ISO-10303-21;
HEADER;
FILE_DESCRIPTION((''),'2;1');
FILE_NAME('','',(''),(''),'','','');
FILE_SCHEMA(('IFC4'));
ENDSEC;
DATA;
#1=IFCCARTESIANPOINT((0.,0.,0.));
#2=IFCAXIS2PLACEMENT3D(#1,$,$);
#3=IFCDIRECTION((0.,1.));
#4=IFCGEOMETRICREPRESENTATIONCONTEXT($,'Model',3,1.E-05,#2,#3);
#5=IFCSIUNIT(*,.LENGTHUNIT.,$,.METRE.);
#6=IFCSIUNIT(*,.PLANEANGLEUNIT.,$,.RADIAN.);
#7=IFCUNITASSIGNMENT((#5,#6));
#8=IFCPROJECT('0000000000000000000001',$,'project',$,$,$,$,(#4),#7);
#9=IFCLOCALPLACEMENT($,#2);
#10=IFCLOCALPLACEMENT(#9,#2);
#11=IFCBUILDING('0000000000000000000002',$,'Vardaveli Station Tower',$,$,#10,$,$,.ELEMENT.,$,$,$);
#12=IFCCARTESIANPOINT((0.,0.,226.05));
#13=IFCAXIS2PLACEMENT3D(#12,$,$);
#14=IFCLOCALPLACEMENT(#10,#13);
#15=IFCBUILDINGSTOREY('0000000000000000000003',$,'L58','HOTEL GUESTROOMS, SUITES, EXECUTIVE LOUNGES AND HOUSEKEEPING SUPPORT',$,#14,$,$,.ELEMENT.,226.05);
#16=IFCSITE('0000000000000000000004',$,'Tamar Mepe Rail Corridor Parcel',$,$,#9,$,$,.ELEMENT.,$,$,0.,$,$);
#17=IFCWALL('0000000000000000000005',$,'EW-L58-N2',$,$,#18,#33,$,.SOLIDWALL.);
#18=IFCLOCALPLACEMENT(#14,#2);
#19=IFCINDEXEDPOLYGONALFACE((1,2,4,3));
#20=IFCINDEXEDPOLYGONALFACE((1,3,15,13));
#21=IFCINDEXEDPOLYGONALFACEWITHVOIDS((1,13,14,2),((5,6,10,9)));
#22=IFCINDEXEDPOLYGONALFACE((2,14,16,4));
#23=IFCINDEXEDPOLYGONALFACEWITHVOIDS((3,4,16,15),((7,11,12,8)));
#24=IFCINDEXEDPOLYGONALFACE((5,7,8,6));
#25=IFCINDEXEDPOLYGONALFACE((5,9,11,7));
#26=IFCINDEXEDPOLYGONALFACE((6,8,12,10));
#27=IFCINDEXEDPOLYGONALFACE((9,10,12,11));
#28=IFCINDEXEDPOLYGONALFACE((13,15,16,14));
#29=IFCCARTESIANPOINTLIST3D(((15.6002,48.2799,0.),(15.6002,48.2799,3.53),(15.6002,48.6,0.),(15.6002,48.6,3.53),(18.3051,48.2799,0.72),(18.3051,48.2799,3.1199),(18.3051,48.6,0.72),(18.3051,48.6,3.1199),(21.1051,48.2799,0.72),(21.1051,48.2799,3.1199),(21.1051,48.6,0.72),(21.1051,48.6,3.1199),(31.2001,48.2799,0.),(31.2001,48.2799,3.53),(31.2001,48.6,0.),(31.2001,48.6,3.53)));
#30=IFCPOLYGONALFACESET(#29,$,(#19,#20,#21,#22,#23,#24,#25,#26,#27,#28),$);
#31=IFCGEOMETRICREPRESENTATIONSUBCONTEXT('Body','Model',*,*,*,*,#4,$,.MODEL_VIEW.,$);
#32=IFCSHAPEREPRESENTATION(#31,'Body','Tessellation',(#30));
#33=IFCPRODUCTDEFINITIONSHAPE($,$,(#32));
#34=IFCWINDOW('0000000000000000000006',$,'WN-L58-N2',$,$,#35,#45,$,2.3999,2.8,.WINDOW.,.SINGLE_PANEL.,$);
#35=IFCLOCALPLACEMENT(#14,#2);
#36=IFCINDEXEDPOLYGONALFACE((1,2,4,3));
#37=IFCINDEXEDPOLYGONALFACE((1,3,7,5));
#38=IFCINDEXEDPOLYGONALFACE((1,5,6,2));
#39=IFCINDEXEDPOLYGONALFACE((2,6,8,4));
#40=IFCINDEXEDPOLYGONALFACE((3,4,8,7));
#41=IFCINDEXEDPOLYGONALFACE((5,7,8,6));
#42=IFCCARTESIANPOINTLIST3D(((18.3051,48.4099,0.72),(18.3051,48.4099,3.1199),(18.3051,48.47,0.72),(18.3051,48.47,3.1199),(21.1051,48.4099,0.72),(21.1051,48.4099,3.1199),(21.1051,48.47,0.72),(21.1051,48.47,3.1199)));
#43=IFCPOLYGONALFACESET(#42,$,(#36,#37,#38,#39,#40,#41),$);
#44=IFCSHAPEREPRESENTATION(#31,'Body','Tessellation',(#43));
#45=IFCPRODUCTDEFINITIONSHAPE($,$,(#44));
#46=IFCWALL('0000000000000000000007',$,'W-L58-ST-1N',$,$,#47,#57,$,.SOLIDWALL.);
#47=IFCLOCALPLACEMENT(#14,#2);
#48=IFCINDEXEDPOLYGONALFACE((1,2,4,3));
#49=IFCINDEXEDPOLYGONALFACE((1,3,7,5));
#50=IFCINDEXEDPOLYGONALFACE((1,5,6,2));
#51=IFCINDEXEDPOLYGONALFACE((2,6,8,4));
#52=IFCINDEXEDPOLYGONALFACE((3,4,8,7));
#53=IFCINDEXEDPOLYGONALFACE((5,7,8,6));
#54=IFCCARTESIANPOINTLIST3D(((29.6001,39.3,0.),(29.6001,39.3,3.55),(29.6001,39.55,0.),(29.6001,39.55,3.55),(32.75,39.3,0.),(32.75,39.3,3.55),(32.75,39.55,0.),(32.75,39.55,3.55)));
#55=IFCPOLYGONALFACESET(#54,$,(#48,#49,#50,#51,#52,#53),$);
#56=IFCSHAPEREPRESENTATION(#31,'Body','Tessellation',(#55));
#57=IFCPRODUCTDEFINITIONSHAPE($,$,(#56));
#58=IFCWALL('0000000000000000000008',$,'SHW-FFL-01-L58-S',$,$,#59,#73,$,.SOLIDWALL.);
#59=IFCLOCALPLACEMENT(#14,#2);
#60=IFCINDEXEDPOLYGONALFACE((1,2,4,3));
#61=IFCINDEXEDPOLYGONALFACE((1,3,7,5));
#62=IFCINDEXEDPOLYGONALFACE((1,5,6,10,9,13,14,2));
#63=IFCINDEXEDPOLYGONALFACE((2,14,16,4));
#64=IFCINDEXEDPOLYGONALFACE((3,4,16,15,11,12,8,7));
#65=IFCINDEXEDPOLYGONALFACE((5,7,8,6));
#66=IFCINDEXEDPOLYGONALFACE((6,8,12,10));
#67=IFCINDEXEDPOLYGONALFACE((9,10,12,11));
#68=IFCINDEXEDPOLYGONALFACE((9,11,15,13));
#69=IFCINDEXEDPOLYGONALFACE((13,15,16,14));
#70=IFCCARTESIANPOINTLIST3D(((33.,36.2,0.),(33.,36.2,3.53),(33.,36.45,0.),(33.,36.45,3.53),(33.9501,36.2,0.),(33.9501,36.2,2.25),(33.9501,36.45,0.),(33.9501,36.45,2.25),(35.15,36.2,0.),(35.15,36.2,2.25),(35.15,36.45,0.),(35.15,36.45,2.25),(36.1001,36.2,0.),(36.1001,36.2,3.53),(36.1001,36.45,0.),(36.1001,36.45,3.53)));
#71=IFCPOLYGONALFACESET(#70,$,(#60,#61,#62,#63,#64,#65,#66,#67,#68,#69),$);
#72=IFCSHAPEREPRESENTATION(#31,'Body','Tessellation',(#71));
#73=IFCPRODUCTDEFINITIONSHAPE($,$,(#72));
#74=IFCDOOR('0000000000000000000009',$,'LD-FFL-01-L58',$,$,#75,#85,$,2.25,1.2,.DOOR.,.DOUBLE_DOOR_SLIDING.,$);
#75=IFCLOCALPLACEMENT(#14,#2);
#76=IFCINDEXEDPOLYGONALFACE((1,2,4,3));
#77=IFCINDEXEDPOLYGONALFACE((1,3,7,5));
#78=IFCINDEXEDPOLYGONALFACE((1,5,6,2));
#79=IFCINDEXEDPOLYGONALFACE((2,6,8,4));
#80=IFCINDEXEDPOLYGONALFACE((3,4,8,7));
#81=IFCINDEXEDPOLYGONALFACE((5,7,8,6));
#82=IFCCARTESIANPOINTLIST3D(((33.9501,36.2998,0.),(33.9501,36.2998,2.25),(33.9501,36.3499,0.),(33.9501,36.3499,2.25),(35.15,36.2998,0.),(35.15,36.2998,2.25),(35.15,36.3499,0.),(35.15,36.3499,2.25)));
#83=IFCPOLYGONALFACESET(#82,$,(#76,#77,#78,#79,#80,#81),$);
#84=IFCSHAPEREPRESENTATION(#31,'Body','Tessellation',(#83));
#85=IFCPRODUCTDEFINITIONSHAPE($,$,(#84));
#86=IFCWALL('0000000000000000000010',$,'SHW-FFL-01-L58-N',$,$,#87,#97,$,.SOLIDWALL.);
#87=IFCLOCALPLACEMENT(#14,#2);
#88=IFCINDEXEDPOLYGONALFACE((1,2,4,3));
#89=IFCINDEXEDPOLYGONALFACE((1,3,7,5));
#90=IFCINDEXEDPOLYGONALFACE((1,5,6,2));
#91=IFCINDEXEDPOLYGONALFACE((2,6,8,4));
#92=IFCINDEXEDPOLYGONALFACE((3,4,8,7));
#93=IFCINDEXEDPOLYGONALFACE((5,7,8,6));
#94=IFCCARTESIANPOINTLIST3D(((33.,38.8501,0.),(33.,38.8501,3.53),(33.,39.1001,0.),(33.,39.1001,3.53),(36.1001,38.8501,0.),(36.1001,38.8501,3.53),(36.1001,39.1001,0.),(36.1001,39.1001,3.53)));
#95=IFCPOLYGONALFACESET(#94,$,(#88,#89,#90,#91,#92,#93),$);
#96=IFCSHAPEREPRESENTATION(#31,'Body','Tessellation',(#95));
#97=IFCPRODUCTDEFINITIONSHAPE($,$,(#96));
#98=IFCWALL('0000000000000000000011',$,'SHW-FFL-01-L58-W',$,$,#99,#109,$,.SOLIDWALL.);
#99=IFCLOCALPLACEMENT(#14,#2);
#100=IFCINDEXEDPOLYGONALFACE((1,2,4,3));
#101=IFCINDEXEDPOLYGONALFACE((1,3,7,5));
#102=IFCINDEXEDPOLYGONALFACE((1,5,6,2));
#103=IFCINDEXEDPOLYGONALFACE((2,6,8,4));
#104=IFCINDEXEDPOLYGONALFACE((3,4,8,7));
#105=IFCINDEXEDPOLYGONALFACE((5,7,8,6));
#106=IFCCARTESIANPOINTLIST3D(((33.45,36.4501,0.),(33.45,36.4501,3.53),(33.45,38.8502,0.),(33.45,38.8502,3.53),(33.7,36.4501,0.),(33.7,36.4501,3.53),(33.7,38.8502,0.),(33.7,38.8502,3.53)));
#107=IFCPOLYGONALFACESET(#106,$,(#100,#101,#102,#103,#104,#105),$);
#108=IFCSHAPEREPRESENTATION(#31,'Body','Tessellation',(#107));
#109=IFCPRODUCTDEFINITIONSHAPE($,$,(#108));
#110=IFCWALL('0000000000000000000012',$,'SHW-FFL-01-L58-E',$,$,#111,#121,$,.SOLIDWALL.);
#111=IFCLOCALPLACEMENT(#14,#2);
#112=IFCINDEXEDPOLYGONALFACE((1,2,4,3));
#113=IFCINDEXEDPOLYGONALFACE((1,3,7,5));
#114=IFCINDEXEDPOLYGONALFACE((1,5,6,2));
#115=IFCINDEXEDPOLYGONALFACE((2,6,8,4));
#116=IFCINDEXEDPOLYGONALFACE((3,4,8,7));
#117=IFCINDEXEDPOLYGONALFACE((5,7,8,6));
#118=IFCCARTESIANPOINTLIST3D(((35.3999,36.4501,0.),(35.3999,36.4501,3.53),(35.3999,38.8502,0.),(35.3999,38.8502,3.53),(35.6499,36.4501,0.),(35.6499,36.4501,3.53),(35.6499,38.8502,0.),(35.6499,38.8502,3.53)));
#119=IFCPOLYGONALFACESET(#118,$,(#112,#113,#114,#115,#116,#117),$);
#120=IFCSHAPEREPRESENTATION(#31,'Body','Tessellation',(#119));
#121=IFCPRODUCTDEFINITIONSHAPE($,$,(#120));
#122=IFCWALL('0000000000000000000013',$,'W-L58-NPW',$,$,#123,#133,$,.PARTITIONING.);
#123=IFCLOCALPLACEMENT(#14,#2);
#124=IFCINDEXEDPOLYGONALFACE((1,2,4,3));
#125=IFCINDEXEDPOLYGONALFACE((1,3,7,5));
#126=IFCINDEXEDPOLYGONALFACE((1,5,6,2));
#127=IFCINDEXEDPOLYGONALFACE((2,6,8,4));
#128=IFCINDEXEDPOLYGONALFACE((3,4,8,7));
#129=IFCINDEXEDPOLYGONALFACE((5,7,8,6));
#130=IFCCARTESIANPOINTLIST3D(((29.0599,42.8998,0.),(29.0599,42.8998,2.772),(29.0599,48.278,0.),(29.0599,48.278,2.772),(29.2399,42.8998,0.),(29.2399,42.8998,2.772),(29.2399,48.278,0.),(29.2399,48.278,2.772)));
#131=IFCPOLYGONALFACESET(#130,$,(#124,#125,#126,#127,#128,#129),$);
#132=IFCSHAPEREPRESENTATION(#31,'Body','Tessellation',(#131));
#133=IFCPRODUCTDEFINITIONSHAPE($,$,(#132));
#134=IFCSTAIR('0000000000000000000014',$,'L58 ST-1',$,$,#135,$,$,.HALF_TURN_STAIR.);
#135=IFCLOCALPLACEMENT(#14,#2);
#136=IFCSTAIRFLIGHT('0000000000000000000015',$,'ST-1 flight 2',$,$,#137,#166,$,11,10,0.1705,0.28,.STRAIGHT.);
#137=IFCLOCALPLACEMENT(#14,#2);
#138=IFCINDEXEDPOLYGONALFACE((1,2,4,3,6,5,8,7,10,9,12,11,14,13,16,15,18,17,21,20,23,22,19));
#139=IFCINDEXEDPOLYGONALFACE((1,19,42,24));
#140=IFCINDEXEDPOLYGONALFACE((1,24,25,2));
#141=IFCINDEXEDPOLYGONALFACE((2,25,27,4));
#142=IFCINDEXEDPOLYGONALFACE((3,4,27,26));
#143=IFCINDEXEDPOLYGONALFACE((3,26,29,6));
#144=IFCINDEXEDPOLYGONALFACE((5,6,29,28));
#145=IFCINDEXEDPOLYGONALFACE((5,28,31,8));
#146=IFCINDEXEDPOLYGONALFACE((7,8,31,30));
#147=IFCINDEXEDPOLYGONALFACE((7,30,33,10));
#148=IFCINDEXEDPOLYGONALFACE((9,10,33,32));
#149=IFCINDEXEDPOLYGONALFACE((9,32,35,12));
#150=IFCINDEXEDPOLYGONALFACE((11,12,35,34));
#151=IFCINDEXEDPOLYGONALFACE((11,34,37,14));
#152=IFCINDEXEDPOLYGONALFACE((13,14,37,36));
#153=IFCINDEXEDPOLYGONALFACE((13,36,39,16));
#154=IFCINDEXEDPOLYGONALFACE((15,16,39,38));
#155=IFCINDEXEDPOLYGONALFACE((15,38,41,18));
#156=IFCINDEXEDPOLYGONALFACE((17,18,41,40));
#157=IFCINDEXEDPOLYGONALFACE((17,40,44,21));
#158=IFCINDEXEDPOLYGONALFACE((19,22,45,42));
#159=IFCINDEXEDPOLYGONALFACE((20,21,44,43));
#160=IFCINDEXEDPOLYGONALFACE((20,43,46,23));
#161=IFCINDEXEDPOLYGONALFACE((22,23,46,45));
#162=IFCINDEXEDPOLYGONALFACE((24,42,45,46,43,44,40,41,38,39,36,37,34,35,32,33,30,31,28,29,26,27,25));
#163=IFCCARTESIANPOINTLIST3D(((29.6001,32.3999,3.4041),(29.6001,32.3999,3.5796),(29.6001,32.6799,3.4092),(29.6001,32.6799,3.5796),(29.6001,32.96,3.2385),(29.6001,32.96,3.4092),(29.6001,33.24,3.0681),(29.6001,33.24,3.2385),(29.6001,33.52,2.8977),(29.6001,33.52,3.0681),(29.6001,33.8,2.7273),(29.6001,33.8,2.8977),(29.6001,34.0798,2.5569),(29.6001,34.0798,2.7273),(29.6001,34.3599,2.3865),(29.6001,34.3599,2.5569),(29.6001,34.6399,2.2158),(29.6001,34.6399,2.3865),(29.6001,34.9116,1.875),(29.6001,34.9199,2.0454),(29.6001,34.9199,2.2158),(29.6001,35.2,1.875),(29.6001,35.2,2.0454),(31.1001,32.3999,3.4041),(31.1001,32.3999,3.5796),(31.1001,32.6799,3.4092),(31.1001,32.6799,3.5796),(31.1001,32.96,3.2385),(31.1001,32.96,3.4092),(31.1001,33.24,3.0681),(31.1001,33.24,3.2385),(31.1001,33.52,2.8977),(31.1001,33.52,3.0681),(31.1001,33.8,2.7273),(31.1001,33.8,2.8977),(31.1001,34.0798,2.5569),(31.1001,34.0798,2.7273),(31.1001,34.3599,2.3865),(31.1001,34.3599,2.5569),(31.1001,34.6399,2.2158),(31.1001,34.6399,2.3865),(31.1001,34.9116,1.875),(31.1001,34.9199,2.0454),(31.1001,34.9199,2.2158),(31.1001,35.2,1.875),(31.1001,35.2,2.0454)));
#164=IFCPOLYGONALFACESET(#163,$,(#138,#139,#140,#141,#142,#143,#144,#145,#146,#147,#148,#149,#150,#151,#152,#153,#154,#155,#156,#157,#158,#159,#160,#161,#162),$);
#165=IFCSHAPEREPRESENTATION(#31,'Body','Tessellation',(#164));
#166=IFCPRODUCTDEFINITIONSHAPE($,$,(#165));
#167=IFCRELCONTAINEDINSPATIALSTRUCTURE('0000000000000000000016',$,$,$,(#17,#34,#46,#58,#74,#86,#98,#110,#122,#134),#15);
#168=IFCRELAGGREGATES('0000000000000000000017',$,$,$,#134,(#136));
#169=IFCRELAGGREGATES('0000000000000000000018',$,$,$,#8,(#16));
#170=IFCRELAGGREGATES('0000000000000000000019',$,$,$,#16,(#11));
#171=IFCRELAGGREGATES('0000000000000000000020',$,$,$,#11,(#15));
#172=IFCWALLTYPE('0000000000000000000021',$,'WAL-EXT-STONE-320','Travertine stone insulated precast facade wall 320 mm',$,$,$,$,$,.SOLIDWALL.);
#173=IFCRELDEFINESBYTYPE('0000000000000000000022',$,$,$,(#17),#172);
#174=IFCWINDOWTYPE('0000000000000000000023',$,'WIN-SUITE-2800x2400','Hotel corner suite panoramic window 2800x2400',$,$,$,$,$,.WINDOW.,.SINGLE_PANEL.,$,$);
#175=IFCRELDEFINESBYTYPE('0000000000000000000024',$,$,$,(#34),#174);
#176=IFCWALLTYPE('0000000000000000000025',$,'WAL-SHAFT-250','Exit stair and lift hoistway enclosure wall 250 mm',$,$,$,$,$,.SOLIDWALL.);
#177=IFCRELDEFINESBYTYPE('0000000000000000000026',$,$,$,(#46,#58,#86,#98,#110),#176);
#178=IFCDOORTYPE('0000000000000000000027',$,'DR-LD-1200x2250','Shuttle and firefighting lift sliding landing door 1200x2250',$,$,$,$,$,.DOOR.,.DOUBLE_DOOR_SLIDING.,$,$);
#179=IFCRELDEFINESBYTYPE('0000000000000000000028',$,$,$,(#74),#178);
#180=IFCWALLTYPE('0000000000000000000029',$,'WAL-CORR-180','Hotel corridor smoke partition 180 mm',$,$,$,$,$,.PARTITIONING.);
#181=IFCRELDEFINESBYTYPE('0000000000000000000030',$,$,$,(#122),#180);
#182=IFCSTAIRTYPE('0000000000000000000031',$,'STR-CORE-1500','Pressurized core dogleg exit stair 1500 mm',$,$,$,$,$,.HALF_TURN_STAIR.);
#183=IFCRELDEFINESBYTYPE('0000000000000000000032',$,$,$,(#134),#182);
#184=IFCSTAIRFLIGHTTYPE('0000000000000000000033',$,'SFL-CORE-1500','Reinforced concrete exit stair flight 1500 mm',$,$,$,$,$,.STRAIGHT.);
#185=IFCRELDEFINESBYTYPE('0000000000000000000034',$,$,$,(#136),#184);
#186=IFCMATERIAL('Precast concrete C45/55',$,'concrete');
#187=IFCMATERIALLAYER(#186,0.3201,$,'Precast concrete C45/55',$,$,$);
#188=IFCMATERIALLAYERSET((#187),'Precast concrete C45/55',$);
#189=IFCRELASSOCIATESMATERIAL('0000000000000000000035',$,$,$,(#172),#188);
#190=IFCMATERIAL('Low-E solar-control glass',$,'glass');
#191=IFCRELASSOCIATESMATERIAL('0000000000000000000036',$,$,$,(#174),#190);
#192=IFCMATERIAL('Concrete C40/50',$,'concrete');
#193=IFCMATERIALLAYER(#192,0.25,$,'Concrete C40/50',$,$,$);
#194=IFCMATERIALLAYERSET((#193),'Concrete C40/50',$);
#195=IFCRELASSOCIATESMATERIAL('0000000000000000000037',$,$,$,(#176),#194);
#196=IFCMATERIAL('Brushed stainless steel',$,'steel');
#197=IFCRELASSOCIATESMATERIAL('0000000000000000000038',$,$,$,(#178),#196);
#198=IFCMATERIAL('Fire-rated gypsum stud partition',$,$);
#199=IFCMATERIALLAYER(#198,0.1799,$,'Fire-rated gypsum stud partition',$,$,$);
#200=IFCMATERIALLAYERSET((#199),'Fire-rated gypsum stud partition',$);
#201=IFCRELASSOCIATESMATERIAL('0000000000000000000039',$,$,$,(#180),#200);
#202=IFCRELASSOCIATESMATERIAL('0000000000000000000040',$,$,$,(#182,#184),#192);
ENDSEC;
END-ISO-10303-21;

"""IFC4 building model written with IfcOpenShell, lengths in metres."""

from ifc_helpers import new_model, si_unit, direction, frame, frame_2d, origin, place, context, subcontext, project, spatial, polyline, rectangle, outline, extrude, source, transform, mapped, material, layer, layer_set, type_object, element, fill, aggregate, save


model = new_model("IFC4")

# Units and contexts
model_context = context("Model", 3, precision=1e-05, world=origin(), true_north=direction((0.0, 1.0)))
body_context = subcontext(model_context, "Body", "Model", "MODEL_VIEW")
ifc_project = project(units=[si_unit("LENGTHUNIT", "METRE"), si_unit("PLANEANGLEUNIT", "RADIAN")], contexts=[model_context])

# Site, building, storey
site_placement = place(None, origin())
site = spatial("IfcSite", under=ifc_project, at=site_placement, Name="Tamar Mepe Rail Corridor Parcel", CompositionType="ELEMENT", RefElevation=0.0)
building_placement = place(site_placement, origin())
building = spatial("IfcBuilding", under=site, at=building_placement, Name="Vardaveli Station Tower", CompositionType="ELEMENT")
storey_placement = place(building_placement, frame((0.0, 0.0, 226.05)))
storey = spatial("IfcBuildingStorey", under=building, at=storey_placement, Name="L58", Description="HOTEL GUESTROOMS, SUITES, EXECUTIVE LOUNGES AND HOUSEKEEPING SUPPORT", CompositionType="ELEMENT", Elevation=226.05)

# Shared definitions
ifc_material_1 = material(Name="Precast concrete C45/55", Category="concrete")

# Wall, opening, window
ifc_layer_1 = layer(ifc_material_1, 0.3201, Name="Precast concrete C45/55")
ifc_layer_set_1 = layer_set([ifc_layer_1], Name="Precast concrete C45/55")
wall_type_1 = type_object("IfcWallType", Name="WAL-EXT-STONE-320", Description="Travertine stone insulated precast facade wall 320 mm", PredefinedType="SOLIDWALL", material=ifc_layer_set_1)
shared_shape_1 = source(origin(), body_context, "Body", "SweptSolid", [
    extrude(rectangle(XDim=15.5999, YDim=0.3201, at=frame_2d((7.7998, 0.0))), origin(), (0.0, 0.0, 1.0), 3.53),
])
wall_1_placement = place(storey_placement, frame((31.2, 48.4399, 0.0), z_axis=(0.0, 0.0, 1.0), x_axis=(-1.0, 0.0, 0.0)))
wall_1 = element("IfcWall", 1, at=wall_1_placement, inside=storey, type_object=wall_type_1, Name="EW-L58-N2", PredefinedType="SOLIDWALL", context=body_context, shape_type="MappedRepresentation", body=[
    mapped(shared_shape_1, transform((0.0, 0.0, 0.0), scale=1.0)),
])
shared_shape_2 = source(origin(), body_context, "Body", "SweptSolid", [
    extrude(rectangle(XDim=2.8, YDim=2.3999, at=frame_2d((1.3999, 1.2))), frame((0.0, 0.1699, 0.0), z_axis=(0.0, -1.0, 0.0), x_axis=(1.0, 0.0, 0.0)), (0.0, 0.0, 1.0), 0.3401),
])
opening_1_placement = place(wall_1_placement, frame((10.095, 0.0, 0.72)))
opening_1 = element("IfcOpeningElement", 2, at=opening_1_placement, cuts=wall_1, PredefinedType="OPENING", context=body_context, shape_type="MappedRepresentation", body=[
    mapped(shared_shape_2, transform((0.0, 0.0, 0.0), scale=1.0)),
])
ifc_material_2 = material(Name="Low-E solar-control glass", Category="glass")
window_type = type_object("IfcWindowType", Name="WIN-SUITE-2800x2400", Description="Hotel corner suite panoramic window 2800x2400", PartitioningType="SINGLE_PANEL", PredefinedType="WINDOW", material=ifc_material_2)
shared_shape_3 = source(origin(), body_context, "Body", "SweptSolid", [
    extrude(rectangle(XDim=2.8, YDim=2.3999, at=frame_2d((1.3999, 1.2))), frame((0.0, 0.03, 0.0), z_axis=(0.0, -1.0, 0.0), x_axis=(1.0, 0.0, 0.0)), (0.0, 0.0, 1.0), 0.0601),
])
window_placement = place(opening_1_placement, origin())
window = element("IfcWindow", 3, at=window_placement, inside=storey, type_object=window_type, Name="WN-L58-N2", OverallHeight=2.3999, OverallWidth=2.8, PartitioningType="SINGLE_PANEL", PredefinedType="WINDOW", context=body_context, shape_type="MappedRepresentation", body=[
    mapped(shared_shape_3, transform((0.0, 0.0, 0.0), scale=1.0)),
])
fill(opening_1, window)

# Wall
ifc_material_3 = material(Name="Concrete C40/50", Category="concrete")
ifc_layer_2 = layer(ifc_material_3, 0.25, Name="Concrete C40/50")
ifc_layer_set_2 = layer_set([ifc_layer_2], Name="Concrete C40/50")
wall_type_2 = type_object("IfcWallType", Name="WAL-SHAFT-250", Description="Exit stair and lift hoistway enclosure wall 250 mm", PredefinedType="SOLIDWALL", material=ifc_layer_set_2)
shared_shape_4 = source(origin(), body_context, "Body", "SweptSolid", [
    extrude(rectangle(XDim=3.1499, YDim=0.25, at=frame_2d((1.575, 0.0))), origin(), (0.0, 0.0, 1.0), 3.55),
])
wall_2_placement = place(storey_placement, frame((29.6001, 39.425, 0.0), z_axis=(0.0, 0.0, 1.0), x_axis=(1.0, 0.0, 0.0)))
element("IfcWall", 4, at=wall_2_placement, inside=storey, type_object=wall_type_2, Name="W-L58-ST-1N", PredefinedType="SOLIDWALL", context=body_context, shape_type="MappedRepresentation", body=[
    mapped(shared_shape_4, transform((0.0, 0.0, 0.0), scale=1.0)),
])

# Wall, opening, door
shared_shape_5 = source(origin(), body_context, "Body", "SweptSolid", [
    extrude(rectangle(XDim=3.1001, YDim=0.25, at=frame_2d((1.55, 0.0))), origin(), (0.0, 0.0, 1.0), 3.53),
])
wall_3_placement = place(storey_placement, frame((33.0, 36.325, 0.0), z_axis=(0.0, 0.0, 1.0), x_axis=(1.0, 0.0, 0.0)))
wall_3 = element("IfcWall", 5, at=wall_3_placement, inside=storey, type_object=wall_type_2, Name="SHW-FFL-01-L58-S", PredefinedType="SOLIDWALL", context=body_context, shape_type="MappedRepresentation", body=[
    mapped(shared_shape_5, transform((0.0, 0.0, 0.0), scale=1.0)),
])
shared_shape_6 = source(origin(), body_context, "Body", "SweptSolid", [
    extrude(rectangle(XDim=1.2, YDim=2.25, at=frame_2d((0.6001, 1.125))), frame((0.0, 0.135, 0.0), z_axis=(0.0, -1.0, 0.0), x_axis=(1.0, 0.0, 0.0)), (0.0, 0.0, 1.0), 0.27),
])
opening_2_placement = place(wall_3_placement, frame((0.95, 0.0, 0.0)))
opening_2 = element("IfcOpeningElement", 6, at=opening_2_placement, cuts=wall_3, PredefinedType="OPENING", context=body_context, shape_type="MappedRepresentation", body=[
    mapped(shared_shape_6, transform((0.0, 0.0, 0.0), scale=1.0)),
])
ifc_material_4 = material(Name="Brushed stainless steel", Category="steel")
door_type = type_object("IfcDoorType", Name="DR-LD-1200x2250", Description="Shuttle and firefighting lift sliding landing door 1200x2250", OperationType="DOUBLE_DOOR_SLIDING", PredefinedType="DOOR", material=ifc_material_4)
shared_shape_7 = source(origin(), body_context, "Body", "SweptSolid", [
    extrude(rectangle(XDim=1.2, YDim=2.25, at=frame_2d((0.6001, 1.125))), frame((0.0, 0.0249, 0.0), z_axis=(0.0, -1.0, 0.0), x_axis=(1.0, 0.0, 0.0)), (0.0, 0.0, 1.0), 0.05),
])
door_placement = place(opening_2_placement, origin())
door = element("IfcDoor", 7, at=door_placement, inside=storey, type_object=door_type, Name="LD-FFL-01-L58", OperationType="DOUBLE_DOOR_SLIDING", OverallHeight=2.25, OverallWidth=1.2, PredefinedType="DOOR", context=body_context, shape_type="MappedRepresentation", body=[
    mapped(shared_shape_7, transform((0.0, 0.0, 0.0), scale=1.0)),
])
fill(opening_2, door)

# Walls
wall_4_placement = place(storey_placement, frame((33.0, 38.9751, 0.0), z_axis=(0.0, 0.0, 1.0), x_axis=(1.0, 0.0, 0.0)))
element("IfcWall", 8, at=wall_4_placement, inside=storey, type_object=wall_type_2, Name="SHW-FFL-01-L58-N", PredefinedType="SOLIDWALL", context=body_context, shape_type="MappedRepresentation", body=[
    mapped(shared_shape_5, transform((0.0, 0.0, 0.0), scale=1.0)),
])
shared_shape_8 = source(origin(), body_context, "Body", "SweptSolid", [
    extrude(rectangle(XDim=2.4001, YDim=0.25, at=frame_2d((1.2002, 0.0))), origin(), (0.0, 0.0, 1.0), 3.53),
])
for number, where, z_axis, x_axis, name in (
    (9, (33.575, 36.45, 0.0), (0.0, 0.0, 1.0), (0.0, 1.0, 0.0), "SHW-FFL-01-L58-W"),
    (10, (35.5249, 36.45, 0.0), (0.0, 0.0, 1.0), (0.0, 1.0, 0.0), "SHW-FFL-01-L58-E"),
):
    element("IfcWall", number, at=place(storey_placement, frame(where, z_axis=z_axis, x_axis=x_axis)), inside=storey, type_object=wall_type_2, Name=name, PredefinedType="SOLIDWALL", context=body_context, shape_type="MappedRepresentation", body=[
        mapped(shared_shape_8, transform((0.0, 0.0, 0.0), scale=1.0)),
    ])
ifc_material_5 = material(Name="Fire-rated gypsum stud partition")
ifc_layer_3 = layer(ifc_material_5, 0.1799, Name="Fire-rated gypsum stud partition")
ifc_layer_set_3 = layer_set([ifc_layer_3], Name="Fire-rated gypsum stud partition")
wall_type_3 = type_object("IfcWallType", Name="WAL-CORR-180", Description="Hotel corridor smoke partition 180 mm", PredefinedType="PARTITIONING", material=ifc_layer_set_3)
shared_shape_9 = source(origin(), body_context, "Body", "SweptSolid", [
    extrude(rectangle(XDim=5.3782, YDim=0.1799, at=frame_2d((2.689, 0.0))), origin(), (0.0, 0.0, 1.0), 2.772),
])
wall_5_placement = place(storey_placement, frame((29.1499, 42.8999, 0.0), z_axis=(0.0, 0.0, 1.0), x_axis=(0.0, 1.0, 0.0)))
element("IfcWall", 11, at=wall_5_placement, inside=storey, type_object=wall_type_3, Name="W-L58-NPW", PredefinedType="PARTITIONING", context=body_context, shape_type="MappedRepresentation", body=[
    mapped(shared_shape_9, transform((0.0, 0.0, 0.0), scale=1.0)),
])

# Stair, stair flight
stair_type = type_object("IfcStairType", Name="STR-CORE-1500", Description="Pressurized core dogleg exit stair 1500 mm", PredefinedType="HALF_TURN_STAIR", material=ifc_material_3)
stair_placement = place(storey_placement, origin())
stair = element("IfcStair", 12, at=stair_placement, inside=storey, type_object=stair_type, Name="L58 ST-1", PredefinedType="HALF_TURN_STAIR")
stair_flight_type = type_object("IfcStairFlightType", Name="SFL-CORE-1500", Description="Reinforced concrete exit stair flight 1500 mm", PredefinedType="STRAIGHT", material=ifc_material_3)
shared_shape_10 = source(origin(), body_context, "Body", "SweptSolid", [
    extrude(outline(polyline([(0.0, 0.0), (0.0, 0.1704), (0.28, 0.1704), (0.28, 0.3408), (0.5601, 0.3408), (0.5601, 0.5115), (0.8401, 0.5115), (0.8401, 0.6819), (1.1201, 0.6819), (1.1201, 0.8523), (1.3999, 0.8523), (1.3999, 1.0227), (1.6799, 1.0227), (1.6799, 1.1931), (1.96, 1.1931), (1.96, 1.3635), (2.24, 1.3635), (2.24, 1.5342), (2.52, 1.5342), (2.52, 1.7046), (2.8, 1.7046), (2.8, 1.875), (2.8, 1.5291), (0.2883, 0.0), (0.0, 0.0)])), frame((0.0, 0.75, 0.0), z_axis=(0.0, -1.0, 0.0), x_axis=(1.0, 0.0, 0.0)), (0.0, 0.0, 1.0), 1.5),
])
stair_flight_placement = place(storey_placement, frame((30.3501, 35.2, 1.875), z_axis=(0.0, 0.0, 1.0), x_axis=(0.0, -1.0, 0.0)))
stair_flight = element("IfcStairFlight", 13, at=stair_flight_placement, type_object=stair_flight_type, Name="ST-1 flight 2", NumberOfRisers=11, NumberOfTreads=10, PredefinedType="STRAIGHT", RiserHeight=0.1705, TreadLength=0.28, context=body_context, shape_type="MappedRepresentation", body=[
    mapped(shared_shape_10, transform((0.0, 0.0, 0.0), scale=1.0)),
])
aggregate(stair, [stair_flight])

save(model, "model.ifc")
